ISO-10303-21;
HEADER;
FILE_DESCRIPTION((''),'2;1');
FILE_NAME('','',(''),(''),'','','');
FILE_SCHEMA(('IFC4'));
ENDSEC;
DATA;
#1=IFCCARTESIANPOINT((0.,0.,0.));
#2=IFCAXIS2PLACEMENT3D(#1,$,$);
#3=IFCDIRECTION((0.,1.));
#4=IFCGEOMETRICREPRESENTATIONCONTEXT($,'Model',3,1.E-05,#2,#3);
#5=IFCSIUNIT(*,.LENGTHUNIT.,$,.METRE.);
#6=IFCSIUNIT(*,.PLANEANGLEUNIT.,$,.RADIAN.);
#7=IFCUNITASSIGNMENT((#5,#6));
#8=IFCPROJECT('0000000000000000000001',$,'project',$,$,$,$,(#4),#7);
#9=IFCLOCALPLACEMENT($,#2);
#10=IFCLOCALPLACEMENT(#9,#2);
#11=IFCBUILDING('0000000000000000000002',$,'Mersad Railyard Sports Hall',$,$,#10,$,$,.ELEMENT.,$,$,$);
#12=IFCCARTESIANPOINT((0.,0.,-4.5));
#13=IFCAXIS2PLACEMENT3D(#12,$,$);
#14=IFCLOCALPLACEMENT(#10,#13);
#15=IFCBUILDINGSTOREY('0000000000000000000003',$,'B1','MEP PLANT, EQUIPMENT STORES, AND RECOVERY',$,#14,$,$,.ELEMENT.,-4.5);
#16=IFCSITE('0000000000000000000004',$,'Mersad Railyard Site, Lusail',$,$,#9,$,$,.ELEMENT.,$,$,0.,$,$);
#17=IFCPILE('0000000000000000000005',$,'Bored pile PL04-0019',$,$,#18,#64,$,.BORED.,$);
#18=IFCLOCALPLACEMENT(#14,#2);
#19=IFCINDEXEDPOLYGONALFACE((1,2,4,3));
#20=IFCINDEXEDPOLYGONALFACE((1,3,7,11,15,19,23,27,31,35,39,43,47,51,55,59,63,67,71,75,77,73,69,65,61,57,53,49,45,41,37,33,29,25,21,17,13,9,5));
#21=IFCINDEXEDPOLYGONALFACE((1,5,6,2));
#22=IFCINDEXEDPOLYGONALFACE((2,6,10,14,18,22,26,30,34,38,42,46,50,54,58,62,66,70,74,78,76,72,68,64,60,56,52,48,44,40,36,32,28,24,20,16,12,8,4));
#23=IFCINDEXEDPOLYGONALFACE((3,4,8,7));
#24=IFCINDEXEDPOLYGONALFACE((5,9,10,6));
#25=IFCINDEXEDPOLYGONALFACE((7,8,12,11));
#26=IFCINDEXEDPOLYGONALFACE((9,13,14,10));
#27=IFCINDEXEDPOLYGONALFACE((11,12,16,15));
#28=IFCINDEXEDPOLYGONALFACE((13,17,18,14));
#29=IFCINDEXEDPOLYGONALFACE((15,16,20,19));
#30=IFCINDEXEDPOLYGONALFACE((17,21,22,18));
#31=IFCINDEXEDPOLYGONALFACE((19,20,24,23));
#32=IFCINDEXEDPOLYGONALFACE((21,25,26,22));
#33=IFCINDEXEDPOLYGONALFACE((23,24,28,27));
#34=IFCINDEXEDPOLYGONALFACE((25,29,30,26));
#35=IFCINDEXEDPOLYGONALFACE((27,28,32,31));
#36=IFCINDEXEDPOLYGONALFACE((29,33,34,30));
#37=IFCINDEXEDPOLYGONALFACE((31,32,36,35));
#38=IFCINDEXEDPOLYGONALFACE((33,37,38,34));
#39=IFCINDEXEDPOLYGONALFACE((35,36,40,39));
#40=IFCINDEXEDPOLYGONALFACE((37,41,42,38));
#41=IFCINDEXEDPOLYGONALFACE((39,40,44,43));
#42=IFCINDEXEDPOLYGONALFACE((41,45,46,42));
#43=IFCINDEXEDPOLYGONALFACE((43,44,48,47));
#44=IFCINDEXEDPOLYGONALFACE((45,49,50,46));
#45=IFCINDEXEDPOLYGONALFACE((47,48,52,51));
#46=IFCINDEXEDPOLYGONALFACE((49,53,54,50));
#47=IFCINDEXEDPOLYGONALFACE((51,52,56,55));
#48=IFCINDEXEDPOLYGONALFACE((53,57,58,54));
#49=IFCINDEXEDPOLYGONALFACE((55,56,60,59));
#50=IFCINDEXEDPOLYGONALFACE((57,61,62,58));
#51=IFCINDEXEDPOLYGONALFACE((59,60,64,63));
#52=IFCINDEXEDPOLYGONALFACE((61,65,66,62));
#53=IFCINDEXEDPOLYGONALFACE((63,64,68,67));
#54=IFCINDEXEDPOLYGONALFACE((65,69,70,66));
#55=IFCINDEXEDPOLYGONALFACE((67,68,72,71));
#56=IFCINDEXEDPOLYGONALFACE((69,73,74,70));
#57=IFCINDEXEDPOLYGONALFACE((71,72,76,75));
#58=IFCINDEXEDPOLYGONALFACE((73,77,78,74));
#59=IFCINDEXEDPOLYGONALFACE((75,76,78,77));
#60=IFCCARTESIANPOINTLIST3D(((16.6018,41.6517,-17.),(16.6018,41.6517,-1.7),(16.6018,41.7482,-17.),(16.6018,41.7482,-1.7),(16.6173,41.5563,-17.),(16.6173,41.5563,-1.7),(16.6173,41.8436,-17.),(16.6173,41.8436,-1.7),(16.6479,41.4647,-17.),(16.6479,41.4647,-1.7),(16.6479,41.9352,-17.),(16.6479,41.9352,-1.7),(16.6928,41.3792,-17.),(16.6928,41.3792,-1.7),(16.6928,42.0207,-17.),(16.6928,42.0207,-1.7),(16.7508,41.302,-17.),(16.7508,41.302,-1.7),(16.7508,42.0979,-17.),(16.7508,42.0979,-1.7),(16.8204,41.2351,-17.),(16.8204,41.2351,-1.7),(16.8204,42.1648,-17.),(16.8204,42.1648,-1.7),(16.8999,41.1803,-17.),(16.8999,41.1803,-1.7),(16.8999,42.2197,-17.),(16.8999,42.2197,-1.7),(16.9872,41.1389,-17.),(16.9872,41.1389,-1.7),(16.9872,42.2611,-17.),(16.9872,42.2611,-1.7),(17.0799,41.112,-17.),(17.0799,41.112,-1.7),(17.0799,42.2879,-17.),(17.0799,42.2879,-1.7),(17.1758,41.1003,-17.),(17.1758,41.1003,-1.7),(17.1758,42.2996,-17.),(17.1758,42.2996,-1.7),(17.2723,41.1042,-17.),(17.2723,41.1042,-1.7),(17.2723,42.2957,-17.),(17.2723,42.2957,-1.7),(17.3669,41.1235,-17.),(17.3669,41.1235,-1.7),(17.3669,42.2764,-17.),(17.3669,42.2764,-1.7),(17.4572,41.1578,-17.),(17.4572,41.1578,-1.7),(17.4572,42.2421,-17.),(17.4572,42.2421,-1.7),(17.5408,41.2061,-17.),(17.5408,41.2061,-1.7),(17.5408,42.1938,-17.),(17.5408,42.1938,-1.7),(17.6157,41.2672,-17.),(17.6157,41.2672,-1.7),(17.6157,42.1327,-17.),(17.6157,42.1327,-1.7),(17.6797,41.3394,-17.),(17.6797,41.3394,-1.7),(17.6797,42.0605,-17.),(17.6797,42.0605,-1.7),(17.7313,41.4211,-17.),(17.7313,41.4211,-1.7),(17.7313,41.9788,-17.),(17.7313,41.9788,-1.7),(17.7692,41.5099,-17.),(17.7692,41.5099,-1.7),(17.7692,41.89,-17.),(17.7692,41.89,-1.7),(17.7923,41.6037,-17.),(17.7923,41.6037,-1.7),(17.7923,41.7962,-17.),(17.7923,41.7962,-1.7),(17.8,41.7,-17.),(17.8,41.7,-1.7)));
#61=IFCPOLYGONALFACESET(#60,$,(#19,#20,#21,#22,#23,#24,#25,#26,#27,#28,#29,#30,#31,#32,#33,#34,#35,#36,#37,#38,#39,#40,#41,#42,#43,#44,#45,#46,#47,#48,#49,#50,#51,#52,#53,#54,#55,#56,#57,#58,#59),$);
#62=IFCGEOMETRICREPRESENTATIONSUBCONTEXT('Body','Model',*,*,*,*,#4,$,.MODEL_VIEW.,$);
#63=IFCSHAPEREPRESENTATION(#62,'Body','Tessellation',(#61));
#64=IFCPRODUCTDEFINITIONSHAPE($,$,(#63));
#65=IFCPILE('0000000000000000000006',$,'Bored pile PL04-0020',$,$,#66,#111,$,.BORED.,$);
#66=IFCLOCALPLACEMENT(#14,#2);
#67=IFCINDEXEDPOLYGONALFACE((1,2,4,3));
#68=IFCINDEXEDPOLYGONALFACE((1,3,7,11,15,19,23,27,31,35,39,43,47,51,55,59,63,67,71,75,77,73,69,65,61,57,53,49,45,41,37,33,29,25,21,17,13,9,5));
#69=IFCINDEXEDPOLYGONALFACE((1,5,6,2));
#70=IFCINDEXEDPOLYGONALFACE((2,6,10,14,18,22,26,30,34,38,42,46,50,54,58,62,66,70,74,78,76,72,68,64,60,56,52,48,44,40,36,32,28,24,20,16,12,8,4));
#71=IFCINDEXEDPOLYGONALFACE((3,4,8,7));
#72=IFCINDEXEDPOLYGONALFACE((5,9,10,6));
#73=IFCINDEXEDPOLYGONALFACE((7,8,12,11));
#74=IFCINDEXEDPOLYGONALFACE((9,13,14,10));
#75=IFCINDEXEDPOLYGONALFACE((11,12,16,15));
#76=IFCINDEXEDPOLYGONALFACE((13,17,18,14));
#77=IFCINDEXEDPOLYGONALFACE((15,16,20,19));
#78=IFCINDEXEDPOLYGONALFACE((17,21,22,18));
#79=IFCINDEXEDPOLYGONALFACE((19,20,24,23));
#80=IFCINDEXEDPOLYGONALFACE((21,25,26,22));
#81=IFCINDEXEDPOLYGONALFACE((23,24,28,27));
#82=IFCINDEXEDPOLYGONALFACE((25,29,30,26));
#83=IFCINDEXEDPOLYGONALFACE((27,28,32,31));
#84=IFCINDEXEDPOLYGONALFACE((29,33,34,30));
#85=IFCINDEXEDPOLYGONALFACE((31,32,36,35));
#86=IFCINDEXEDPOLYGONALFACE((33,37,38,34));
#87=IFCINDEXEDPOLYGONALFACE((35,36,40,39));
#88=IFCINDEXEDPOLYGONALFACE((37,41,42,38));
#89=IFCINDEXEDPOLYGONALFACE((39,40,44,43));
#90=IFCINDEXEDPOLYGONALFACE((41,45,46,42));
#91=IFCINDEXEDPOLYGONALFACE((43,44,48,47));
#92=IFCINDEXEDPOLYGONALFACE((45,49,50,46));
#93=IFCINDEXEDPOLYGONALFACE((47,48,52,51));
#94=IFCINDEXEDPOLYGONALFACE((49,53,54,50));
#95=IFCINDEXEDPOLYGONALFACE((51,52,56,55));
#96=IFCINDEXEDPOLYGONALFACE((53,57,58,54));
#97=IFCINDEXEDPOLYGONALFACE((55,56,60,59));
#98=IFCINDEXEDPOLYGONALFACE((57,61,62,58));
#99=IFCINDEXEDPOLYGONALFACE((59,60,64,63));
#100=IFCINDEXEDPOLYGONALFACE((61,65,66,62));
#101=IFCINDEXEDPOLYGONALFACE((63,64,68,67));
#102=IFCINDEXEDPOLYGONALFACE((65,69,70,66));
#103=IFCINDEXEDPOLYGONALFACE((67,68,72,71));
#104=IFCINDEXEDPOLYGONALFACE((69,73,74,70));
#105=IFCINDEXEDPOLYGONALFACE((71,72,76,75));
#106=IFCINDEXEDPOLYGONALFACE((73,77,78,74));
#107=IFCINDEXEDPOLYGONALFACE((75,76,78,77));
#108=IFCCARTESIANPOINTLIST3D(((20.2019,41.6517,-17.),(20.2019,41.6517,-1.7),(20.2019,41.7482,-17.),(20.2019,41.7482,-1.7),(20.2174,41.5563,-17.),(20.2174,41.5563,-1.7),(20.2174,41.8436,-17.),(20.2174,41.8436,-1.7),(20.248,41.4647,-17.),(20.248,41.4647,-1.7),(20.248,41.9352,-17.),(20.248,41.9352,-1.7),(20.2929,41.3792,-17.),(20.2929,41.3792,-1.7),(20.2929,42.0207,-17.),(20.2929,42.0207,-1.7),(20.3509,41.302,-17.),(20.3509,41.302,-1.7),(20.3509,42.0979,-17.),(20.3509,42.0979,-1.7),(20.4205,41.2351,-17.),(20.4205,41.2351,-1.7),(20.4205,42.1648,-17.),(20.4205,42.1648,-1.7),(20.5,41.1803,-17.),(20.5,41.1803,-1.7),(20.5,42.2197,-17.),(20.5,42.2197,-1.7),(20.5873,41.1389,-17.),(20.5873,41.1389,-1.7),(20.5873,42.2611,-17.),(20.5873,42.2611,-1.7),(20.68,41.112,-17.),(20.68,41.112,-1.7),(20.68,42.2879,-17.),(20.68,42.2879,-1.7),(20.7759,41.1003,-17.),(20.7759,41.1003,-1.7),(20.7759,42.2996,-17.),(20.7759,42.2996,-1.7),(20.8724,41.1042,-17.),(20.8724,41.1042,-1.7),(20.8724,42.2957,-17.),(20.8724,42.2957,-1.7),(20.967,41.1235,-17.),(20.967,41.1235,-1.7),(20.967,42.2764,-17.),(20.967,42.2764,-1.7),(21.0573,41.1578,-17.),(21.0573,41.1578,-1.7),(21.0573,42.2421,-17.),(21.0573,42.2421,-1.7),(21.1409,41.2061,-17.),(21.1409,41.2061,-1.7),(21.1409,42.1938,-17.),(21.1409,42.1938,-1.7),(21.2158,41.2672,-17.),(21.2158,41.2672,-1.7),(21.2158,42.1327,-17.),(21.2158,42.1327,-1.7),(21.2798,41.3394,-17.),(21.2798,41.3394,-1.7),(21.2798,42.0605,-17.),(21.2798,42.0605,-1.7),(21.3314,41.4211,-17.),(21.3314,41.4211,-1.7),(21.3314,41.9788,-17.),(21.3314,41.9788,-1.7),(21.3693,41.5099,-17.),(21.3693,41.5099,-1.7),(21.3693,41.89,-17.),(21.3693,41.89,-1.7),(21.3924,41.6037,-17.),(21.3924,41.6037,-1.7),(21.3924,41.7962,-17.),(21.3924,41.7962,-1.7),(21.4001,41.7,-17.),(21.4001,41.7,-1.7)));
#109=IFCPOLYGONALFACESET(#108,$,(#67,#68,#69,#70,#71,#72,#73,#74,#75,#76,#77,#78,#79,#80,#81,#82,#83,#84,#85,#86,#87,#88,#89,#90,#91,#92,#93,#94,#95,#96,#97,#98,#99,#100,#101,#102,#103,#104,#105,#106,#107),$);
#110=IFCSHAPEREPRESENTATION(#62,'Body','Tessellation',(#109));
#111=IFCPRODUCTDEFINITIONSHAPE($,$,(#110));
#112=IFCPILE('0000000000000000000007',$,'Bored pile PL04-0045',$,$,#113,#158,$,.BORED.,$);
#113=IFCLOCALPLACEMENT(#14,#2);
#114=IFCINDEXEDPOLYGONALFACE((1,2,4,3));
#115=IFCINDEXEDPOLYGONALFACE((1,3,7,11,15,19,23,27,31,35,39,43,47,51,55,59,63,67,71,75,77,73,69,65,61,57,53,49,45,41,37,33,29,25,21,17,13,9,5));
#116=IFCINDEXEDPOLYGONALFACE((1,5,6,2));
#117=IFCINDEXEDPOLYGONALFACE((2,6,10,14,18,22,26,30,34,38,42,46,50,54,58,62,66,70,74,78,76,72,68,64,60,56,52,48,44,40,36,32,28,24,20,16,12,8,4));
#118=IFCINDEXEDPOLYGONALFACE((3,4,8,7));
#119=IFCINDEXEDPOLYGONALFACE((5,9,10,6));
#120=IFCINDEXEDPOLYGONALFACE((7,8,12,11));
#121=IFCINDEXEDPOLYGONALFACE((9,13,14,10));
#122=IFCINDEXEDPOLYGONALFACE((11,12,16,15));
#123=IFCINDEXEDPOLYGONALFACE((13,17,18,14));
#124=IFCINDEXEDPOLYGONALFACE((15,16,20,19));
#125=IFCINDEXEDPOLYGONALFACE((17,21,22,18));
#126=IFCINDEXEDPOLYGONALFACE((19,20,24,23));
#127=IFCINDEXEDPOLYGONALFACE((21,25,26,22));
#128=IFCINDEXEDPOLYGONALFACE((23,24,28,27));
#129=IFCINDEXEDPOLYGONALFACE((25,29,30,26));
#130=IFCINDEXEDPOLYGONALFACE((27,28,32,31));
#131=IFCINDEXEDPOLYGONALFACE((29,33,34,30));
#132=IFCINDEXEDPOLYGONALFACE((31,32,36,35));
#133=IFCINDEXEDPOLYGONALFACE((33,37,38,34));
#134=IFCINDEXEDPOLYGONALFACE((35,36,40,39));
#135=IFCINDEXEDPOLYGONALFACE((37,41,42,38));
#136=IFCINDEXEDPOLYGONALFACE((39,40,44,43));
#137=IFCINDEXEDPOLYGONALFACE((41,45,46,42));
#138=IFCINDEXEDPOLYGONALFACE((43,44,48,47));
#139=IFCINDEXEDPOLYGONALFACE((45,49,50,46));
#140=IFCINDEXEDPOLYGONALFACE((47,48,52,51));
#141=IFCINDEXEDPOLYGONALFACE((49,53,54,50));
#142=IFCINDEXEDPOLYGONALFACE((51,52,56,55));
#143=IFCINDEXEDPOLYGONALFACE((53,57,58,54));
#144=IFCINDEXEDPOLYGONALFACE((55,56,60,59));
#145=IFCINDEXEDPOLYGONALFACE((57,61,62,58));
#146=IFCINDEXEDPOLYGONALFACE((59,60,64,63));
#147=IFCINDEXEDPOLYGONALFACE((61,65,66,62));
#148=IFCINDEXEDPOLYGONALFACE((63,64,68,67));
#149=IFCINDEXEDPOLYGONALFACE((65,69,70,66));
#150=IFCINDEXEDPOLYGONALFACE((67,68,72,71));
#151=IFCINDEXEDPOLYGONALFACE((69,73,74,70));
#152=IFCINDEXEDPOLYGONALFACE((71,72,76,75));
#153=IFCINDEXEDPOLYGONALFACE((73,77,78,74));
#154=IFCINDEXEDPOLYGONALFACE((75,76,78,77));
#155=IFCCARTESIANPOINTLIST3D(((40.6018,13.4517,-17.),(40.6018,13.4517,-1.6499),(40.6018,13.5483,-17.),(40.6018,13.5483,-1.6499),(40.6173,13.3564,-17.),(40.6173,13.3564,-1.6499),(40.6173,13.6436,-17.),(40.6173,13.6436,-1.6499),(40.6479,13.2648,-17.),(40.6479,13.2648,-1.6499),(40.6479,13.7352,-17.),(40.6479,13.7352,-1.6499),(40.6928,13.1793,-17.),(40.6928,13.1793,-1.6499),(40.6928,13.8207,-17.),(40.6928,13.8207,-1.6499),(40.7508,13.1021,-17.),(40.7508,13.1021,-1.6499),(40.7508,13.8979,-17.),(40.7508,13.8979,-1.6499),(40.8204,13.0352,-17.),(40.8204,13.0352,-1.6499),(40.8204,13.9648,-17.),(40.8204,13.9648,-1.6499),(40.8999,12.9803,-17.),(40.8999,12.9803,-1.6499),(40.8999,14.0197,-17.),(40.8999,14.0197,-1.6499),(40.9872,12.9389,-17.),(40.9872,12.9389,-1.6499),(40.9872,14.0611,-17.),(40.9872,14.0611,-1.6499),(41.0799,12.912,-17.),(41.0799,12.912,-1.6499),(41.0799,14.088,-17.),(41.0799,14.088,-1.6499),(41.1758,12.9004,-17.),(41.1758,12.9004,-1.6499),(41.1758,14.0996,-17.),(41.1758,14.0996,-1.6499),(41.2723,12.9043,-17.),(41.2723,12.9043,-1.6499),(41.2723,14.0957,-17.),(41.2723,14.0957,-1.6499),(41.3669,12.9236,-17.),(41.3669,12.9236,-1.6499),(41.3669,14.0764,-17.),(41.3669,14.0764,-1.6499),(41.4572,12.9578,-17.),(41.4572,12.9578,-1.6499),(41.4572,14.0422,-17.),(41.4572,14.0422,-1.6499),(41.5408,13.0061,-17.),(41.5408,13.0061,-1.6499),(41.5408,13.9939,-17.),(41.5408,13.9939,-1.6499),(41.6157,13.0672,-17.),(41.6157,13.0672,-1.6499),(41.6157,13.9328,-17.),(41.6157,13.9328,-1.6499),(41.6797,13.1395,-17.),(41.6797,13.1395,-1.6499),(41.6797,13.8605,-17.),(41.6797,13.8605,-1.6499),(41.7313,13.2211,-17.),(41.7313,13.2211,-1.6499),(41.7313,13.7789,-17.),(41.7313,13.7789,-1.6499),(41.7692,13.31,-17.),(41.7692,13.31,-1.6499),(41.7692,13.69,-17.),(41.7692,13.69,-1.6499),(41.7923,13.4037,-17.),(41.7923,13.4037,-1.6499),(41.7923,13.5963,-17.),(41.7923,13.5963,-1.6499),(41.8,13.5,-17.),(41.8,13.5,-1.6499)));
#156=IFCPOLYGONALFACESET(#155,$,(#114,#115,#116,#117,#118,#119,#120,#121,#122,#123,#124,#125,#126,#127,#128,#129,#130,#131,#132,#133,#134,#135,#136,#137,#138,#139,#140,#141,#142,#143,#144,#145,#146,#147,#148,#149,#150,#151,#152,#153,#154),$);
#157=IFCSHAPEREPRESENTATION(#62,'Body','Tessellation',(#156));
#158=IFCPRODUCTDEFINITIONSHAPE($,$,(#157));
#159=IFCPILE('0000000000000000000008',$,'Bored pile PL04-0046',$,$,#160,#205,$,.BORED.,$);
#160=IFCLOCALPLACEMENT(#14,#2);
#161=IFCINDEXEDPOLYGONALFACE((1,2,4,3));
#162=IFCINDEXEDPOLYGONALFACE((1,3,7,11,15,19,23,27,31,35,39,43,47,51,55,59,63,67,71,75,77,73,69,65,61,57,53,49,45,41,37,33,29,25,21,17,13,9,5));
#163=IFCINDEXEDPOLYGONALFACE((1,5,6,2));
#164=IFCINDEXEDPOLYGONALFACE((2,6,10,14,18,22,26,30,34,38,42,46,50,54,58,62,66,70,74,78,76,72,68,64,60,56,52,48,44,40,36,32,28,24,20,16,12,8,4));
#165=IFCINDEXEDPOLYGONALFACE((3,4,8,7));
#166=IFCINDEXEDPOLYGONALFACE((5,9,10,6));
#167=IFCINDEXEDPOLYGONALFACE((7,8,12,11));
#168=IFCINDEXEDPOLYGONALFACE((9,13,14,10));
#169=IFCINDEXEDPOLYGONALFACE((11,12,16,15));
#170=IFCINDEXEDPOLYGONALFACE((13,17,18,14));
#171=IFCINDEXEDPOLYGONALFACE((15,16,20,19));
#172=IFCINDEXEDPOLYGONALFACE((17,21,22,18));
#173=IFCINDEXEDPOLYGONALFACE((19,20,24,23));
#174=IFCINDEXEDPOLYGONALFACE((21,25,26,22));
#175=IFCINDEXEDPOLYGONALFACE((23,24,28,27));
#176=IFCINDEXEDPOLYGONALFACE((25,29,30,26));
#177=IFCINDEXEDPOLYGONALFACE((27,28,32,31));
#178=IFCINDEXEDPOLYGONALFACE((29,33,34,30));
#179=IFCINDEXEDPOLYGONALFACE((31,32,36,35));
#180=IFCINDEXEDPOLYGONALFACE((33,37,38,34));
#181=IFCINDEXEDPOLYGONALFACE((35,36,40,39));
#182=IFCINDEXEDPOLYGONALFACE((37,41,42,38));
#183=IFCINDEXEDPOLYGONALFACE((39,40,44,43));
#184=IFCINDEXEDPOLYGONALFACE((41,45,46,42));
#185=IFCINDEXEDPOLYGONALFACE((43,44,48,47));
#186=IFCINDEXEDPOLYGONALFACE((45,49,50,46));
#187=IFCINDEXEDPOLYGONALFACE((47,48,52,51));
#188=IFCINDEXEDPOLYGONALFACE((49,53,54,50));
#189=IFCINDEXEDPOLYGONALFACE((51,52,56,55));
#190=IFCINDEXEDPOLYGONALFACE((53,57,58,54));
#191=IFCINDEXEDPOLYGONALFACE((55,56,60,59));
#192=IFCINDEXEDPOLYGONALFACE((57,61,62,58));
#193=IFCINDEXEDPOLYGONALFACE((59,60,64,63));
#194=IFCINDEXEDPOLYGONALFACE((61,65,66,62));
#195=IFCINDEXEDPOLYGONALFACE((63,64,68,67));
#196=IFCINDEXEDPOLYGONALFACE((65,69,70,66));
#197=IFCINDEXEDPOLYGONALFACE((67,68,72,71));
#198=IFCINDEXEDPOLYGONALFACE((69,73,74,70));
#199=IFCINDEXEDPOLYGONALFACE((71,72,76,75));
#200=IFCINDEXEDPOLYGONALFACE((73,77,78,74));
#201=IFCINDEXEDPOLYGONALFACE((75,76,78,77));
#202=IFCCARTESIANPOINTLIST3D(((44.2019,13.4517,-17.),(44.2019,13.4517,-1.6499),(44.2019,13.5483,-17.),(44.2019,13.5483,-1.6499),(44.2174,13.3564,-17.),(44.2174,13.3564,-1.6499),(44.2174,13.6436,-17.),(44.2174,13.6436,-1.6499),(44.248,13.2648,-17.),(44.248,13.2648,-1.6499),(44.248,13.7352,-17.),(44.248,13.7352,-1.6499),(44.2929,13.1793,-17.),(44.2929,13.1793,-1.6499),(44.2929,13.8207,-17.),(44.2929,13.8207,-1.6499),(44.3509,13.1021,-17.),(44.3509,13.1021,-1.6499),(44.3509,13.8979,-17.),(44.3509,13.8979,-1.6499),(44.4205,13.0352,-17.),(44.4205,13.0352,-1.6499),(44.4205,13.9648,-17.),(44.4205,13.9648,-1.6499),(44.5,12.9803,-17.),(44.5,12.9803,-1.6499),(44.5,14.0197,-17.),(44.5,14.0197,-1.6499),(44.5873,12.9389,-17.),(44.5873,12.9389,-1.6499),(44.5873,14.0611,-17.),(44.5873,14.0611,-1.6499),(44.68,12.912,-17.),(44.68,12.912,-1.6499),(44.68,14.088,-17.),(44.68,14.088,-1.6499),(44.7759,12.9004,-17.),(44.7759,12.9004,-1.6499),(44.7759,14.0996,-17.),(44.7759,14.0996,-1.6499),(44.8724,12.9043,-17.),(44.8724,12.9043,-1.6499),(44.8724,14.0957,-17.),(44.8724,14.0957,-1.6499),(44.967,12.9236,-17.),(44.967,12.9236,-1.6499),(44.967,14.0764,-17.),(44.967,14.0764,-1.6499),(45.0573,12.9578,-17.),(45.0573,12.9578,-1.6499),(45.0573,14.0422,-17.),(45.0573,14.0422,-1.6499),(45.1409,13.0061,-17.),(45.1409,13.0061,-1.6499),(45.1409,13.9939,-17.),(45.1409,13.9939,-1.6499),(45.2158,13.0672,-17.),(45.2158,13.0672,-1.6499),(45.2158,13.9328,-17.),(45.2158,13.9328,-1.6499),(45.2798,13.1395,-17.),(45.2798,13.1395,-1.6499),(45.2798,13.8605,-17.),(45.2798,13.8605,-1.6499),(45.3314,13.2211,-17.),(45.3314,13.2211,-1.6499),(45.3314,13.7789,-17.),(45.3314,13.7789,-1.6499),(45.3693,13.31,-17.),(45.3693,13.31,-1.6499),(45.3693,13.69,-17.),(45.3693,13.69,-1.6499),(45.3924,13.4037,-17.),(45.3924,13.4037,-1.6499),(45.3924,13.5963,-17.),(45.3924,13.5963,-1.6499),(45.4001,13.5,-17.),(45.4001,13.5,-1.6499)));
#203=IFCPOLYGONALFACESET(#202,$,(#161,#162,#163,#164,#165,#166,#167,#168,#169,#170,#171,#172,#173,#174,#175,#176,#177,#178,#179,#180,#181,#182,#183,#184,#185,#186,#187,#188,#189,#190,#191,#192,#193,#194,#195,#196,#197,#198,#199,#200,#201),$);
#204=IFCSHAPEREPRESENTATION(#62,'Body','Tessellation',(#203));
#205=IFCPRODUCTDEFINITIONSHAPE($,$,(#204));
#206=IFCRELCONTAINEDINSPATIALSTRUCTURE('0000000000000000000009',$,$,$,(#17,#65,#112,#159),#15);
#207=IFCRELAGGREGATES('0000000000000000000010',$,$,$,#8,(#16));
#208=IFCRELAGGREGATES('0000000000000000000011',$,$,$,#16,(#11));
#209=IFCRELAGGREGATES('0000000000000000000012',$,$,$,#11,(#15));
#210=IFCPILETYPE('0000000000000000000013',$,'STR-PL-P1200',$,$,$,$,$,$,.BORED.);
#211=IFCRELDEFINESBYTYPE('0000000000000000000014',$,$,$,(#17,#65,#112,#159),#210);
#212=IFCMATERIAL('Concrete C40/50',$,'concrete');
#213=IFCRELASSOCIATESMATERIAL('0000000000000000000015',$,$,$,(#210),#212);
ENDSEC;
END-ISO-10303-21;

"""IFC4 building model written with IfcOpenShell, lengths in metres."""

from ifc_helpers import new_model, si_unit, direction, frame, origin, origin_2d, place, context, subcontext, project, spatial, circle, extrude, material, material_profile, profile_set, type_object, element, save


model = new_model("IFC4")

# Units and contexts
model_context = context("Model", 3, precision=1e-05, world=origin(), true_north=direction((0.0, 1.0)))
body_context = subcontext(model_context, "Body", "Model", "MODEL_VIEW")
ifc_project = project(units=[si_unit("LENGTHUNIT", "METRE"), si_unit("PLANEANGLEUNIT", "RADIAN")], contexts=[model_context])

# Site, building, storey
site_placement = place(None, origin())
site = spatial("IfcSite", under=ifc_project, at=site_placement, Name="Mersad Railyard Site, Lusail", CompositionType="ELEMENT", RefElevation=0.0)
building_placement = place(site_placement, origin())
building = spatial("IfcBuilding", under=site, at=building_placement, Name="Mersad Railyard Sports Hall", CompositionType="ELEMENT")
storey_placement = place(building_placement, frame((0.0, 0.0, -4.5)))
storey = spatial("IfcBuildingStorey", under=building, at=storey_placement, Name="B1", Description="MEP PLANT, EQUIPMENT STORES, AND RECOVERY", CompositionType="ELEMENT", Elevation=-4.5)

# Shared definitions
ifc_material_1 = material(Name="Concrete C40/50", Category="concrete")

# Piles
ifc_material_profile_1 = material_profile(ifc_material_1, circle(Radius=0.6001, at=origin_2d()), Name="BORED PILE D1200")
ifc_profile_set_1 = profile_set([ifc_material_profile_1], Name="Concrete C40/50")
pile_type_1 = type_object("IfcPileType", Name="STR-PL-P1200", PredefinedType="BORED", material=ifc_profile_set_1)
for number, where, z_axis, x_axis, name in (
    (1, (17.2, 41.7, -1.7), (0.0, 0.0, -1.0), (1.0, 0.0, 0.0), "Bored pile PL04-0019"),
    (2, (20.8, 41.7, -1.7), (0.0, 0.0, -1.0), (1.0, 0.0, 0.0), "Bored pile PL04-0020"),
):
    element("IfcPile", number, at=place(storey_placement, frame(where, z_axis=z_axis, x_axis=x_axis)), inside=storey, type_object=pile_type_1, Name=name, PredefinedType="BORED", context=body_context, shape_type="SweptSolid", body=[
        extrude(circle(Radius=0.6001, at=origin_2d()), origin(), (0.0, 0.0, 1.0), 15.3),
    ])
for number, where, z_axis, x_axis, name in (
    (3, (41.2, 13.5, -1.6499), (0.0, 0.0, -1.0), (1.0, 0.0, 0.0), "Bored pile PL04-0045"),
    (4, (44.8, 13.5, -1.6499), (0.0, 0.0, -1.0), (1.0, 0.0, 0.0), "Bored pile PL04-0046"),
):
    element("IfcPile", number, at=place(storey_placement, frame(where, z_axis=z_axis, x_axis=x_axis)), inside=storey, type_object=pile_type_1, Name=name, PredefinedType="BORED", context=body_context, shape_type="SweptSolid", body=[
        extrude(circle(Radius=0.6001, at=origin_2d()), origin(), (0.0, 0.0, 1.0), 15.3501),
    ])

save(model, "model.ifc")
